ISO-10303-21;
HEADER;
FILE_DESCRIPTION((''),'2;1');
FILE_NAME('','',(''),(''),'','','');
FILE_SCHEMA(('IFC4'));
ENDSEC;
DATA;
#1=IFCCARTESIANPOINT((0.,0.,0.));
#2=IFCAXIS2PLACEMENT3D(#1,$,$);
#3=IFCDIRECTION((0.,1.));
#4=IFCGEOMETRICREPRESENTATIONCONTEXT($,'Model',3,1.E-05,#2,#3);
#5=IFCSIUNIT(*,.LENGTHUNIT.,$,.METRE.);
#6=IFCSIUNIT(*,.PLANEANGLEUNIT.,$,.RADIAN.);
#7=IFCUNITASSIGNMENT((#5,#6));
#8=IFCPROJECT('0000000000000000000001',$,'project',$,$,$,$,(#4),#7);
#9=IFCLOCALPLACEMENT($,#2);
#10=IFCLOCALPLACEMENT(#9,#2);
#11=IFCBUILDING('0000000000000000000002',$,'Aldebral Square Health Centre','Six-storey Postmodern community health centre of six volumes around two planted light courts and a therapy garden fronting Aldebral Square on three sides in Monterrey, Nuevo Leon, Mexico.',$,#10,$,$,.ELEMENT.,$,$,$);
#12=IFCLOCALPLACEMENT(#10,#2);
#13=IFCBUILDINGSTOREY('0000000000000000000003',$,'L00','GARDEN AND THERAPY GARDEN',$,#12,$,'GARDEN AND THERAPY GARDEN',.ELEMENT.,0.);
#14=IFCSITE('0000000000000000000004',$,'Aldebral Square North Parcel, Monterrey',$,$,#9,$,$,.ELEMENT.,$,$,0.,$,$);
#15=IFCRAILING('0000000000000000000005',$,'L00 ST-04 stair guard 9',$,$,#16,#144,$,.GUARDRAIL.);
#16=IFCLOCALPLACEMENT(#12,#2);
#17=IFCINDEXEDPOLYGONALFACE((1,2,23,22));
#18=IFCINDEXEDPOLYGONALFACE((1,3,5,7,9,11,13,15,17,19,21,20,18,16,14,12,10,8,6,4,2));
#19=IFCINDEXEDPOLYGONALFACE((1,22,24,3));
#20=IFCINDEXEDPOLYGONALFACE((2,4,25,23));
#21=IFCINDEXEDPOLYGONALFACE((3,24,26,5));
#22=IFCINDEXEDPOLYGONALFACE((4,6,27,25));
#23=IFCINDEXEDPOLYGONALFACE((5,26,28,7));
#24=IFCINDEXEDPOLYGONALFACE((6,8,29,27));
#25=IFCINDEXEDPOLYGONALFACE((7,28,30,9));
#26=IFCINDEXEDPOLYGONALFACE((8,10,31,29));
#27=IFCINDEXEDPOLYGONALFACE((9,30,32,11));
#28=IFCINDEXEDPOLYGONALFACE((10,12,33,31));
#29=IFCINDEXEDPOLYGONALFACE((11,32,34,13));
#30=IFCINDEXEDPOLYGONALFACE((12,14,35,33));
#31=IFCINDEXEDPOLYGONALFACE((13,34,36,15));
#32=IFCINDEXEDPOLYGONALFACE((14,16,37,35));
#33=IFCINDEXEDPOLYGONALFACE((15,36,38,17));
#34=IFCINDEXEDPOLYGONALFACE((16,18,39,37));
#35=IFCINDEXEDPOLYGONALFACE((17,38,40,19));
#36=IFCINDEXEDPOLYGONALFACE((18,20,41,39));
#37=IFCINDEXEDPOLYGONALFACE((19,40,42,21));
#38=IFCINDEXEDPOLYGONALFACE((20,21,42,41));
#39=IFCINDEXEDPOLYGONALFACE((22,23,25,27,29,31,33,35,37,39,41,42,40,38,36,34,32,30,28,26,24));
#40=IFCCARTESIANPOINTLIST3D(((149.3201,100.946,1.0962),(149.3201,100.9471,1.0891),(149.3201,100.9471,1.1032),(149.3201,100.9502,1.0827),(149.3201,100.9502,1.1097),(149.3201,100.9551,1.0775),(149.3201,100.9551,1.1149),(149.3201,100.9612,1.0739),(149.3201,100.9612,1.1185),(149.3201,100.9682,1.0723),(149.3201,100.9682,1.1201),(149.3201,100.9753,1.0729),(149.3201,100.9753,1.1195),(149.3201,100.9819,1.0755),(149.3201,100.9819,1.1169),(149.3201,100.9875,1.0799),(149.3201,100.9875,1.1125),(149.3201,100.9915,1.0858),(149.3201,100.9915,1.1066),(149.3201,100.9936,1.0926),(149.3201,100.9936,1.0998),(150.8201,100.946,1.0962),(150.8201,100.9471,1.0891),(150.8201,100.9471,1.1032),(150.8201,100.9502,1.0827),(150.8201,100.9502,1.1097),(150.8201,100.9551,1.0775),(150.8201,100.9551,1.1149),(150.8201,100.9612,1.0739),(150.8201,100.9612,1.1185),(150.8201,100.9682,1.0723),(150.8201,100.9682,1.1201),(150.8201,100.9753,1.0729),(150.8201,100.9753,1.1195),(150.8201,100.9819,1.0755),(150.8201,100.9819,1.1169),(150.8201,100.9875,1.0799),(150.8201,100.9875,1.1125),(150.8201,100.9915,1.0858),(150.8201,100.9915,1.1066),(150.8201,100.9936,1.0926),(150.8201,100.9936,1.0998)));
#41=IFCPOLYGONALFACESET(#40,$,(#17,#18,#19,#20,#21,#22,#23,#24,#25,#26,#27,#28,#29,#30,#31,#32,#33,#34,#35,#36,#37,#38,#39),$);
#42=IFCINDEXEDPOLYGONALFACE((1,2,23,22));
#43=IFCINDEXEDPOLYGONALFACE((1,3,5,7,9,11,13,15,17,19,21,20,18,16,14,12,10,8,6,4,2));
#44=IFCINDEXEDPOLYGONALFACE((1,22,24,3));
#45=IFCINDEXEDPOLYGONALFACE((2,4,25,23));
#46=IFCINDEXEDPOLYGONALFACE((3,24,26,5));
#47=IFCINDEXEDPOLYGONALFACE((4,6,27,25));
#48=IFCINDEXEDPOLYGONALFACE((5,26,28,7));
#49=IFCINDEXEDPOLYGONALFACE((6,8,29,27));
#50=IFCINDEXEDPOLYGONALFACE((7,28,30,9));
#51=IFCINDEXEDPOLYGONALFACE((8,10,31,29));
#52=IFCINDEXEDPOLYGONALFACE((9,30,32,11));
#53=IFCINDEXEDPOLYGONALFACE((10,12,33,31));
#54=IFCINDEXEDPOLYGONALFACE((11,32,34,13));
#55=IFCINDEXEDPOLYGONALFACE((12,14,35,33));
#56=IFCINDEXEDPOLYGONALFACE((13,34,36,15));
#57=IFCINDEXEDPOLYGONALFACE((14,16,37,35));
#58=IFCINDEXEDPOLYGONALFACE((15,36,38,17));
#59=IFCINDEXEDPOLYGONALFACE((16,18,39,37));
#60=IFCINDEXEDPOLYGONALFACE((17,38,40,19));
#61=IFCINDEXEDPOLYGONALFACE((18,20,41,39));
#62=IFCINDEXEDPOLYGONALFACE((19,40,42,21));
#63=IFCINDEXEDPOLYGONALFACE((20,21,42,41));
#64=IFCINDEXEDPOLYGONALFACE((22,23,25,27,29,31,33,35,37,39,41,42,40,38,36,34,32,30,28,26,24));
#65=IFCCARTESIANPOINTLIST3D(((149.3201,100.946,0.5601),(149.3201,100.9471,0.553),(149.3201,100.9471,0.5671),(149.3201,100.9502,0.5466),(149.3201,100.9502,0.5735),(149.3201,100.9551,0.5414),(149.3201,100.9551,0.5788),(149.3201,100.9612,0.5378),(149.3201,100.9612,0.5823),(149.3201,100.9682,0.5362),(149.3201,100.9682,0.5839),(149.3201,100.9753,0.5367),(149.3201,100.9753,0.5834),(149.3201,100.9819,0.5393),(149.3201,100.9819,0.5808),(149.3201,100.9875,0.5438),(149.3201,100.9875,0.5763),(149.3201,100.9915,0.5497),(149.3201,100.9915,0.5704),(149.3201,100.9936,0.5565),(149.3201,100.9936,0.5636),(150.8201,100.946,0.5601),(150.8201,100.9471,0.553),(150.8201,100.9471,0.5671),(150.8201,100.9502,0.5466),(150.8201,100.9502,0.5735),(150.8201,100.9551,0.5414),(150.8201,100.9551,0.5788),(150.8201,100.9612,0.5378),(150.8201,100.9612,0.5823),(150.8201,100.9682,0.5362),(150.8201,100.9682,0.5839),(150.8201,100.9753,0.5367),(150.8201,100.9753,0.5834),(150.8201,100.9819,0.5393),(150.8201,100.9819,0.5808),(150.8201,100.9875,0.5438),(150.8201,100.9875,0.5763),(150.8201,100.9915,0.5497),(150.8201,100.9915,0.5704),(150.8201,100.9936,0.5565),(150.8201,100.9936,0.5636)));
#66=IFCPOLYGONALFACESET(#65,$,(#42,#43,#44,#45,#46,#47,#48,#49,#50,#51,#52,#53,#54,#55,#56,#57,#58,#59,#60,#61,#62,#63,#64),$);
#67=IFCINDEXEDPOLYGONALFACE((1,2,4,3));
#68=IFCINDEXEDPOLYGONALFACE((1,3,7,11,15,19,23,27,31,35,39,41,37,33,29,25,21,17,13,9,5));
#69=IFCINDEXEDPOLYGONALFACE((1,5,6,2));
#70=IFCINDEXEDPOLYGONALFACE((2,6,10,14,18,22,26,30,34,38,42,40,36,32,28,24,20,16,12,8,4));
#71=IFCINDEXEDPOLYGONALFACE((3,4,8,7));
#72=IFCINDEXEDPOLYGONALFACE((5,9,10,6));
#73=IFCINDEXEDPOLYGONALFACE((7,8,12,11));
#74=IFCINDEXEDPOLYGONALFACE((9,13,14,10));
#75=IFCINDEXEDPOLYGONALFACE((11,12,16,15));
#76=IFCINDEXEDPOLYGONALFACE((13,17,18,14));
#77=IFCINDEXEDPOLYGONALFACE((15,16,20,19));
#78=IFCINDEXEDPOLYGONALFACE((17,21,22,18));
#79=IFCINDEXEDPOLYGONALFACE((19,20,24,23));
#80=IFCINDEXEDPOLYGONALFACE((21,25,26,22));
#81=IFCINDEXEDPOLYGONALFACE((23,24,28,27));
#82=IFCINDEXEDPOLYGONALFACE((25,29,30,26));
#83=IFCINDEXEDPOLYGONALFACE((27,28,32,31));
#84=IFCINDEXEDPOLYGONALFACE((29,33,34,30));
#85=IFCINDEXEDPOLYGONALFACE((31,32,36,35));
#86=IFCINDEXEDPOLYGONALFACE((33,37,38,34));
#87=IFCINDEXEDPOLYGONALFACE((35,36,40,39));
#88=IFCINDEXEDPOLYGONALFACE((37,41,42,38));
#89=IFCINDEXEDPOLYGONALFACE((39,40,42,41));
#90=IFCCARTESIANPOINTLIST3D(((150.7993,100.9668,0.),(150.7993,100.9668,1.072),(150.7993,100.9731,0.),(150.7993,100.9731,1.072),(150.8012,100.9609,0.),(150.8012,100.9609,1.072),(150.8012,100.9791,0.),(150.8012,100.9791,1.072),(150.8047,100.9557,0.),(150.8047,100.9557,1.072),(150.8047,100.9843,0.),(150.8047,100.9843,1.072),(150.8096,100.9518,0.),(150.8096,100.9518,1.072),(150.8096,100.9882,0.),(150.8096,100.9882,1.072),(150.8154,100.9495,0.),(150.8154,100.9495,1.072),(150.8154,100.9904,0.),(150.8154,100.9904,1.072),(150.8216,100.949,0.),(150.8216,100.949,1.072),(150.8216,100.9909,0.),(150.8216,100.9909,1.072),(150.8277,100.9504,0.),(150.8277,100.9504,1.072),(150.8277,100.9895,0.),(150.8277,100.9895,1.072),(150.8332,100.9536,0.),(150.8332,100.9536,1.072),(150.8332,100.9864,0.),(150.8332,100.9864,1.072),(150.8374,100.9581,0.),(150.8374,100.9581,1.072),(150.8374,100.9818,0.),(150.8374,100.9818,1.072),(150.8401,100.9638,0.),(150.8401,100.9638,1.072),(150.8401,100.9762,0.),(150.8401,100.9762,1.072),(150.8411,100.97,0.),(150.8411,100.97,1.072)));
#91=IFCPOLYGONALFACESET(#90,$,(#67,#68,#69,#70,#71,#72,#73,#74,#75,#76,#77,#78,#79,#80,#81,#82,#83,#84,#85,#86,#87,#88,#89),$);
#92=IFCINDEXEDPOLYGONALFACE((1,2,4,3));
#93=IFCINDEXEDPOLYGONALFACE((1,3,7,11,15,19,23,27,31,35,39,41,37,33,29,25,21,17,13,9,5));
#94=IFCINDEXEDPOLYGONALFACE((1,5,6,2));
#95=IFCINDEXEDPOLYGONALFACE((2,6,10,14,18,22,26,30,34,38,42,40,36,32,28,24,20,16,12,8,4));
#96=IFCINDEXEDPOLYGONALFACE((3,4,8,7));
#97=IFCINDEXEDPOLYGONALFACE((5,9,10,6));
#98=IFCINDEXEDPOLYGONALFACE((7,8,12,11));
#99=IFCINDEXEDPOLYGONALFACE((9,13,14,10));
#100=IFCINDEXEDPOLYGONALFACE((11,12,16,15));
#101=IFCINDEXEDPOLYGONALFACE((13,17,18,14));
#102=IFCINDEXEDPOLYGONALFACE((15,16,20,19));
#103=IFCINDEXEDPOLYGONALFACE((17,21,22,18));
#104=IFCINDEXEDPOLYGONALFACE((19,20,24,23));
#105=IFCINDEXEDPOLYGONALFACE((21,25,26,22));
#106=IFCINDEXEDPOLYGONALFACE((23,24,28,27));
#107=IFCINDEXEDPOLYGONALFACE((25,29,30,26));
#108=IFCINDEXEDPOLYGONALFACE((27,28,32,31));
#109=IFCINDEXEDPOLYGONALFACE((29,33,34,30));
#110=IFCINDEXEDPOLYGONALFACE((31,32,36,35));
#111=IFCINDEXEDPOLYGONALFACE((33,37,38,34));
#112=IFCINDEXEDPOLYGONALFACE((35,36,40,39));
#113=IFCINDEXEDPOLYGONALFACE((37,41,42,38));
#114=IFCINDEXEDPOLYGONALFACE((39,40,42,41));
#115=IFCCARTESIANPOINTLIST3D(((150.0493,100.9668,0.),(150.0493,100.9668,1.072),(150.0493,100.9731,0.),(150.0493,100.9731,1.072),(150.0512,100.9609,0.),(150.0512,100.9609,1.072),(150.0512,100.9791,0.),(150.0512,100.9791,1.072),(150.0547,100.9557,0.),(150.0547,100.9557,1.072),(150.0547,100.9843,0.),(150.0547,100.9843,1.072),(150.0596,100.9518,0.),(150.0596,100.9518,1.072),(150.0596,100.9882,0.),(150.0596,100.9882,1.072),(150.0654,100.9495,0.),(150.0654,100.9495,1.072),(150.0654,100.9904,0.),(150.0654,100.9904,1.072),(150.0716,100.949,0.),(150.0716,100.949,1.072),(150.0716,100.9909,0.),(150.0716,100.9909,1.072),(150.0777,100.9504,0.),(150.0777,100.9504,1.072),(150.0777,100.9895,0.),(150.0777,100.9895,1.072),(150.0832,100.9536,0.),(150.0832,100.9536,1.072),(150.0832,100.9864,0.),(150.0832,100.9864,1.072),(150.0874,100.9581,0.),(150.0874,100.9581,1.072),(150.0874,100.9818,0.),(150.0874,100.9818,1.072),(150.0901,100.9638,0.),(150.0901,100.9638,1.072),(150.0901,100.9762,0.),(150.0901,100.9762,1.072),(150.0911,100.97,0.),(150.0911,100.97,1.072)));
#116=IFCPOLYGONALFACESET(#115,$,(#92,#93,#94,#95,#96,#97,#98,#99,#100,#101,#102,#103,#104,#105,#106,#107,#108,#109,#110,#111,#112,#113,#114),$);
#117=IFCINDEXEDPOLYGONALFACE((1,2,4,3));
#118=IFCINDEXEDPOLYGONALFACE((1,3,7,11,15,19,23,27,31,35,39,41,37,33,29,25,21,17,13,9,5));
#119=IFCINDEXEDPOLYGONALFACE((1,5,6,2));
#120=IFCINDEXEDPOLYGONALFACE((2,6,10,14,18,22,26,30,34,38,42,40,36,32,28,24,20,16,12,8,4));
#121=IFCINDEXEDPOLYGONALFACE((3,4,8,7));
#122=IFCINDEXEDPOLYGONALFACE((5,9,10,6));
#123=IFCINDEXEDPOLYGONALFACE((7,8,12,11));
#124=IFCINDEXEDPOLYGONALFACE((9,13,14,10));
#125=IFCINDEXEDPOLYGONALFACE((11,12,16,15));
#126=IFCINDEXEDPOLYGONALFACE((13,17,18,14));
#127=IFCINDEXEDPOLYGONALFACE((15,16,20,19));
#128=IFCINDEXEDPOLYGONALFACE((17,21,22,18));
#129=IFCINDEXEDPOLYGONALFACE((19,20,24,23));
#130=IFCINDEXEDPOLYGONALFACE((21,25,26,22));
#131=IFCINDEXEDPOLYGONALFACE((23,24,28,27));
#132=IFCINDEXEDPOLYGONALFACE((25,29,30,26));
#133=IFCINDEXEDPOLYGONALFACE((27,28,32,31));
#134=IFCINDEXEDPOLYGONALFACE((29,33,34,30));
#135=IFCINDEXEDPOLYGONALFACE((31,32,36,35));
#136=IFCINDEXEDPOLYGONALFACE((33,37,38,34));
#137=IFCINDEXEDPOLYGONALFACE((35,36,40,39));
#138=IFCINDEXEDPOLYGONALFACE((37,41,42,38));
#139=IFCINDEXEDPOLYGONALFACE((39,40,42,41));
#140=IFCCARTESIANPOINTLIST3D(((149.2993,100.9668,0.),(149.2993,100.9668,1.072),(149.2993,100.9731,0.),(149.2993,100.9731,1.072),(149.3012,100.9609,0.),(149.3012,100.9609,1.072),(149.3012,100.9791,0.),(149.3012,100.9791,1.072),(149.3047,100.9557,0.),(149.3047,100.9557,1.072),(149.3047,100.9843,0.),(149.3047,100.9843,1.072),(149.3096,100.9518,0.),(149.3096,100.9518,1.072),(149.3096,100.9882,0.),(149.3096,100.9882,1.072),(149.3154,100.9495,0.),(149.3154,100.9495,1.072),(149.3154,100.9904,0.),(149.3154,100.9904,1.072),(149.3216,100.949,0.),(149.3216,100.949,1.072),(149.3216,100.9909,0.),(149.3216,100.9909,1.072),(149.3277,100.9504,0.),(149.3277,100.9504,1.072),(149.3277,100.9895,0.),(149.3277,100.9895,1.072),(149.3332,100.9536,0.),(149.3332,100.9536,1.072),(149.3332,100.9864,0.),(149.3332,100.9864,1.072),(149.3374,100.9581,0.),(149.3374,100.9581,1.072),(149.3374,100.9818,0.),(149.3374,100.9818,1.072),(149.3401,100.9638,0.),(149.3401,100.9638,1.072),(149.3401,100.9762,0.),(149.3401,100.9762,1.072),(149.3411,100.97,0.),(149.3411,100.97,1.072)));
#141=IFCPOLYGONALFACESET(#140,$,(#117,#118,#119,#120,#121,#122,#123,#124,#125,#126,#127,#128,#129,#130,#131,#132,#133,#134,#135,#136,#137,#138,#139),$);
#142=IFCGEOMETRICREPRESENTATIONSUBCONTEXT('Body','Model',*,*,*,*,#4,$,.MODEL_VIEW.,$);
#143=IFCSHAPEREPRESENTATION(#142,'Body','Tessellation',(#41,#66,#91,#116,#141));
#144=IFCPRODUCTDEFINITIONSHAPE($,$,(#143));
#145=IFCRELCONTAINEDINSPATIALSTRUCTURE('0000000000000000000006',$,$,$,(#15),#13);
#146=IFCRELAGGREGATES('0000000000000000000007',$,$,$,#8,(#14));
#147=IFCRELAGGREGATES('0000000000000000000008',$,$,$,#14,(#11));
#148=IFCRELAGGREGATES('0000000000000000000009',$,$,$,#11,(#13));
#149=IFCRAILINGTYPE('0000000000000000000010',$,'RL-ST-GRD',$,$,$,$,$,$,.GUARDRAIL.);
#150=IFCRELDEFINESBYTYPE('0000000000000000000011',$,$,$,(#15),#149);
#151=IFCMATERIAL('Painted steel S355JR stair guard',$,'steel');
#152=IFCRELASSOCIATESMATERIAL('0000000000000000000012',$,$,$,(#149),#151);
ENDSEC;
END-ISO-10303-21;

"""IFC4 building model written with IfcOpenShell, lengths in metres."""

from ifc_helpers import new_model, si_unit, direction, frame, origin, origin_2d, place, context, subcontext, project, spatial, circle, extrude, material, type_object, element, save


model = new_model("IFC4")

# Units and contexts
model_context = context("Model", 3, precision=1e-05, world=origin(), true_north=direction((0.0, 1.0)))
body_context = subcontext(model_context, "Body", "Model", "MODEL_VIEW")
ifc_project = project(units=[si_unit("LENGTHUNIT", "METRE"), si_unit("PLANEANGLEUNIT", "RADIAN")], contexts=[model_context])

# Site, building, storey
site_placement = place(None, origin())
site = spatial("IfcSite", under=ifc_project, at=site_placement, Name="Aldebral Square North Parcel, Monterrey", CompositionType="ELEMENT", RefElevation=0.0)
building_placement = place(site_placement, origin())
building = spatial("IfcBuilding", under=site, at=building_placement, Name="Aldebral Square Health Centre", Description="Six-storey Postmodern community health centre of six volumes around two planted light courts and a therapy garden fronting Aldebral Square on three sides in Monterrey, Nuevo Leon, Mexico.", CompositionType="ELEMENT")
storey_placement = place(building_placement, origin())
storey = spatial("IfcBuildingStorey", under=building, at=storey_placement, Name="L00", Description="GARDEN AND THERAPY GARDEN", LongName="GARDEN AND THERAPY GARDEN", CompositionType="ELEMENT", Elevation=0.0)

# Railing
ifc_material_1 = material(Name="Painted steel S355JR stair guard", Category="steel")
railing_type = type_object("IfcRailingType", Name="RL-ST-GRD", PredefinedType="GUARDRAIL", material=ifc_material_1)
for number, where, name in (
    (1, (150.8201, 100.97, 0.0), "L00 ST-04 stair guard 9"),
):
    element("IfcRailing", number, at=place(storey_placement, frame(where)), inside=storey, type_object=railing_type, Name=name, PredefinedType="GUARDRAIL", context=body_context, shape_type="SweptSolid", body=[
        extrude(circle(Radius=0.0239, at=origin_2d()), frame((0.0, 0.0, 1.0962), z_axis=(-1.0, 0.0, 0.0), x_axis=(0.0, -1.0, 0.0)), (0.0, 0.0, 1.0), 1.5),
        extrude(circle(Radius=0.0239, at=origin_2d()), frame((0.0, 0.0, 0.5601), z_axis=(-1.0, 0.0, 0.0), x_axis=(0.0, -1.0, 0.0)), (0.0, 0.0, 1.0), 1.5),
        extrude(circle(Radius=0.021, at=origin_2d()), origin(), (0.0, 0.0, 1.0), 1.072),
        extrude(circle(Radius=0.021, at=origin_2d()), frame((-0.75, 0.0, 0.0)), (0.0, 0.0, 1.0), 1.072),
        extrude(circle(Radius=0.021, at=origin_2d()), frame((-1.5, 0.0, 0.0)), (0.0, 0.0, 1.0), 1.072),
    ])

save(model, "model.ifc")
